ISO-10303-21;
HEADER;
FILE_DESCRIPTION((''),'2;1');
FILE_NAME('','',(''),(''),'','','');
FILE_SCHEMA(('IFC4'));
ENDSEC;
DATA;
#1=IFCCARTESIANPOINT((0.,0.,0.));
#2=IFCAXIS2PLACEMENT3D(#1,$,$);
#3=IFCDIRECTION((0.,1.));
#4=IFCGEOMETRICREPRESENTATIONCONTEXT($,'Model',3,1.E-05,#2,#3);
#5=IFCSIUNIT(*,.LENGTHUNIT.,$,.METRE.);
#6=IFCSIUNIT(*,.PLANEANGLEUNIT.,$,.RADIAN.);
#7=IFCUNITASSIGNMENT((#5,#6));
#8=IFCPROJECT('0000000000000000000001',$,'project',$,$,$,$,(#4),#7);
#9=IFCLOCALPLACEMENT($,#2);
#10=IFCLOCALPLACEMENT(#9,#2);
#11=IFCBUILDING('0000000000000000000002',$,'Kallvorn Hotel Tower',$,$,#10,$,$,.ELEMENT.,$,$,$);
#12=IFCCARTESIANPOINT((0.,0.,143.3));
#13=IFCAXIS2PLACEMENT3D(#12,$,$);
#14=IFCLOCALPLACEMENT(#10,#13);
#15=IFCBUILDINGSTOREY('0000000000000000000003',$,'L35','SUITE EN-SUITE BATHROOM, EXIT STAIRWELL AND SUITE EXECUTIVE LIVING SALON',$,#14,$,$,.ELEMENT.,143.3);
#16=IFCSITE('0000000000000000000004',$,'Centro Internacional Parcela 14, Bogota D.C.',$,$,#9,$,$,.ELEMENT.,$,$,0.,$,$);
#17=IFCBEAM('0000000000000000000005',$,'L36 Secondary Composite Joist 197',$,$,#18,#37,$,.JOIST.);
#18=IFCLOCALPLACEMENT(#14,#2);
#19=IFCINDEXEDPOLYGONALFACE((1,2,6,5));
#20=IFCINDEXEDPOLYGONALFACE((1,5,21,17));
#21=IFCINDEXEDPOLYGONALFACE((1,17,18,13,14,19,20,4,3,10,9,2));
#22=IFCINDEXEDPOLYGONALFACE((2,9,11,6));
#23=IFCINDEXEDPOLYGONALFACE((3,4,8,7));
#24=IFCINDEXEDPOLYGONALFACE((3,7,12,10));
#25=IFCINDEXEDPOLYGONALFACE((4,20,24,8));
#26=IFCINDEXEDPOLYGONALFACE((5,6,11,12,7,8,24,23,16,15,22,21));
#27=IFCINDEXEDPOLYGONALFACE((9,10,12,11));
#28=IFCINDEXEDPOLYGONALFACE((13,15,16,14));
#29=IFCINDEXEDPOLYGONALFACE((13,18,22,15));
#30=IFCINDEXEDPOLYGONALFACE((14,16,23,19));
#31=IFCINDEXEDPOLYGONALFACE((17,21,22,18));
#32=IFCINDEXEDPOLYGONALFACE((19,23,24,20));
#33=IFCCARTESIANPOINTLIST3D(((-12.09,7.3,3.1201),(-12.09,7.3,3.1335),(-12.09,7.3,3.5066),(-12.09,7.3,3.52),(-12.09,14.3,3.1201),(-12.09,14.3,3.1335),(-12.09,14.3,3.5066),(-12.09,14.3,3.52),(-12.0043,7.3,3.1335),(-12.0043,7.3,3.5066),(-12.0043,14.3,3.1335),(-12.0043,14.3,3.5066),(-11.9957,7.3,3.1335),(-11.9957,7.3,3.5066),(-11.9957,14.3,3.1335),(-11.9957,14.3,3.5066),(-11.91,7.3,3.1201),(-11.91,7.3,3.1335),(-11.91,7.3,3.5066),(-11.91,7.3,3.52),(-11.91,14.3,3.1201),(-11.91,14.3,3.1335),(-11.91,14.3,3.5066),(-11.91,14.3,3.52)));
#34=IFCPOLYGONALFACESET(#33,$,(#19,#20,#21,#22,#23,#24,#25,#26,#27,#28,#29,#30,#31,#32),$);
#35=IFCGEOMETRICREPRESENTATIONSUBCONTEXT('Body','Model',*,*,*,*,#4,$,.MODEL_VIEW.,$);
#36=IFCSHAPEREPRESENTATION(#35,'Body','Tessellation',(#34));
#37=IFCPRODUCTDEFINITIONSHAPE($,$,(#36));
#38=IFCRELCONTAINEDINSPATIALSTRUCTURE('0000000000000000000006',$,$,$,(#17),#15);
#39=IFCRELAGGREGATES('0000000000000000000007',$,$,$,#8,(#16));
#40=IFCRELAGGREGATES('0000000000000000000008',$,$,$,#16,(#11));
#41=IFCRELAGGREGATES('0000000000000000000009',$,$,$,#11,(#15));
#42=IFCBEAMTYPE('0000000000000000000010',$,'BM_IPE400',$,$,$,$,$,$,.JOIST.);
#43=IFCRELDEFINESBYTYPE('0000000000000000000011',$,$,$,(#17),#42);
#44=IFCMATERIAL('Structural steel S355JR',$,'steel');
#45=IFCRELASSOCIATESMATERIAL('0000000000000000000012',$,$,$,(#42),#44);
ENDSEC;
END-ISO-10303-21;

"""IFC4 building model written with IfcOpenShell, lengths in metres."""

from ifc_helpers import new_model, si_unit, direction, frame, origin, origin_2d, place, context, subcontext, project, spatial, i_section, extrude, material, material_profile, profile_set, type_object, element, save


model = new_model("IFC4")

# Units and contexts
model_context = context("Model", 3, precision=1e-05, world=origin(), true_north=direction((0.0, 1.0)))
body_context = subcontext(model_context, "Body", "Model", "MODEL_VIEW")
ifc_project = project(units=[si_unit("LENGTHUNIT", "METRE"), si_unit("PLANEANGLEUNIT", "RADIAN")], contexts=[model_context])

# Site, building, storey
site_placement = place(None, origin())
site = spatial("IfcSite", under=ifc_project, at=site_placement, Name="Centro Internacional Parcela 14, Bogota D.C.", CompositionType="ELEMENT", RefElevation=0.0)
building_placement = place(site_placement, origin())
building = spatial("IfcBuilding", under=site, at=building_placement, Name="Kallvorn Hotel Tower", CompositionType="ELEMENT")
storey_placement = place(building_placement, frame((0.0, 0.0, 143.3)))
storey = spatial("IfcBuildingStorey", under=building, at=storey_placement, Name="L35", Description="SUITE EN-SUITE BATHROOM, EXIT STAIRWELL AND SUITE EXECUTIVE LIVING SALON", CompositionType="ELEMENT", Elevation=143.3)

# Beam
ifc_material_1 = material(Name="Structural steel S355JR", Category="steel")
ifc_material_profile_1 = material_profile(ifc_material_1, i_section(OverallWidth=0.1799, OverallDepth=0.3999, WebThickness=0.0085, FlangeThickness=0.0134, at=origin_2d()), Name="IPE 400")
ifc_profile_set_1 = profile_set([ifc_material_profile_1], Name="Structural steel S355JR")
beam_type_1 = type_object("IfcBeamType", Name="BM_IPE400", PredefinedType="JOIST", material=ifc_profile_set_1)
for number, where, z_axis, x_axis, name in (
    (1, (-12.0, 7.3, 3.3201), (0.0, 1.0, 0.0), (-1.0, 0.0, 0.0), "L36 Secondary Composite Joist 197"),
):
    element("IfcBeam", number, at=place(storey_placement, frame(where, z_axis=z_axis, x_axis=x_axis)), inside=storey, type_object=beam_type_1, Name=name, PredefinedType="JOIST", context=body_context, shape_type="SweptSolid", body=[
        extrude(i_section(OverallWidth=0.1799, OverallDepth=0.3999, WebThickness=0.0085, FlangeThickness=0.0134, at=origin_2d()), origin(), (0.0, 0.0, 1.0), 7.0),
    ])

save(model, "model.ifc")
